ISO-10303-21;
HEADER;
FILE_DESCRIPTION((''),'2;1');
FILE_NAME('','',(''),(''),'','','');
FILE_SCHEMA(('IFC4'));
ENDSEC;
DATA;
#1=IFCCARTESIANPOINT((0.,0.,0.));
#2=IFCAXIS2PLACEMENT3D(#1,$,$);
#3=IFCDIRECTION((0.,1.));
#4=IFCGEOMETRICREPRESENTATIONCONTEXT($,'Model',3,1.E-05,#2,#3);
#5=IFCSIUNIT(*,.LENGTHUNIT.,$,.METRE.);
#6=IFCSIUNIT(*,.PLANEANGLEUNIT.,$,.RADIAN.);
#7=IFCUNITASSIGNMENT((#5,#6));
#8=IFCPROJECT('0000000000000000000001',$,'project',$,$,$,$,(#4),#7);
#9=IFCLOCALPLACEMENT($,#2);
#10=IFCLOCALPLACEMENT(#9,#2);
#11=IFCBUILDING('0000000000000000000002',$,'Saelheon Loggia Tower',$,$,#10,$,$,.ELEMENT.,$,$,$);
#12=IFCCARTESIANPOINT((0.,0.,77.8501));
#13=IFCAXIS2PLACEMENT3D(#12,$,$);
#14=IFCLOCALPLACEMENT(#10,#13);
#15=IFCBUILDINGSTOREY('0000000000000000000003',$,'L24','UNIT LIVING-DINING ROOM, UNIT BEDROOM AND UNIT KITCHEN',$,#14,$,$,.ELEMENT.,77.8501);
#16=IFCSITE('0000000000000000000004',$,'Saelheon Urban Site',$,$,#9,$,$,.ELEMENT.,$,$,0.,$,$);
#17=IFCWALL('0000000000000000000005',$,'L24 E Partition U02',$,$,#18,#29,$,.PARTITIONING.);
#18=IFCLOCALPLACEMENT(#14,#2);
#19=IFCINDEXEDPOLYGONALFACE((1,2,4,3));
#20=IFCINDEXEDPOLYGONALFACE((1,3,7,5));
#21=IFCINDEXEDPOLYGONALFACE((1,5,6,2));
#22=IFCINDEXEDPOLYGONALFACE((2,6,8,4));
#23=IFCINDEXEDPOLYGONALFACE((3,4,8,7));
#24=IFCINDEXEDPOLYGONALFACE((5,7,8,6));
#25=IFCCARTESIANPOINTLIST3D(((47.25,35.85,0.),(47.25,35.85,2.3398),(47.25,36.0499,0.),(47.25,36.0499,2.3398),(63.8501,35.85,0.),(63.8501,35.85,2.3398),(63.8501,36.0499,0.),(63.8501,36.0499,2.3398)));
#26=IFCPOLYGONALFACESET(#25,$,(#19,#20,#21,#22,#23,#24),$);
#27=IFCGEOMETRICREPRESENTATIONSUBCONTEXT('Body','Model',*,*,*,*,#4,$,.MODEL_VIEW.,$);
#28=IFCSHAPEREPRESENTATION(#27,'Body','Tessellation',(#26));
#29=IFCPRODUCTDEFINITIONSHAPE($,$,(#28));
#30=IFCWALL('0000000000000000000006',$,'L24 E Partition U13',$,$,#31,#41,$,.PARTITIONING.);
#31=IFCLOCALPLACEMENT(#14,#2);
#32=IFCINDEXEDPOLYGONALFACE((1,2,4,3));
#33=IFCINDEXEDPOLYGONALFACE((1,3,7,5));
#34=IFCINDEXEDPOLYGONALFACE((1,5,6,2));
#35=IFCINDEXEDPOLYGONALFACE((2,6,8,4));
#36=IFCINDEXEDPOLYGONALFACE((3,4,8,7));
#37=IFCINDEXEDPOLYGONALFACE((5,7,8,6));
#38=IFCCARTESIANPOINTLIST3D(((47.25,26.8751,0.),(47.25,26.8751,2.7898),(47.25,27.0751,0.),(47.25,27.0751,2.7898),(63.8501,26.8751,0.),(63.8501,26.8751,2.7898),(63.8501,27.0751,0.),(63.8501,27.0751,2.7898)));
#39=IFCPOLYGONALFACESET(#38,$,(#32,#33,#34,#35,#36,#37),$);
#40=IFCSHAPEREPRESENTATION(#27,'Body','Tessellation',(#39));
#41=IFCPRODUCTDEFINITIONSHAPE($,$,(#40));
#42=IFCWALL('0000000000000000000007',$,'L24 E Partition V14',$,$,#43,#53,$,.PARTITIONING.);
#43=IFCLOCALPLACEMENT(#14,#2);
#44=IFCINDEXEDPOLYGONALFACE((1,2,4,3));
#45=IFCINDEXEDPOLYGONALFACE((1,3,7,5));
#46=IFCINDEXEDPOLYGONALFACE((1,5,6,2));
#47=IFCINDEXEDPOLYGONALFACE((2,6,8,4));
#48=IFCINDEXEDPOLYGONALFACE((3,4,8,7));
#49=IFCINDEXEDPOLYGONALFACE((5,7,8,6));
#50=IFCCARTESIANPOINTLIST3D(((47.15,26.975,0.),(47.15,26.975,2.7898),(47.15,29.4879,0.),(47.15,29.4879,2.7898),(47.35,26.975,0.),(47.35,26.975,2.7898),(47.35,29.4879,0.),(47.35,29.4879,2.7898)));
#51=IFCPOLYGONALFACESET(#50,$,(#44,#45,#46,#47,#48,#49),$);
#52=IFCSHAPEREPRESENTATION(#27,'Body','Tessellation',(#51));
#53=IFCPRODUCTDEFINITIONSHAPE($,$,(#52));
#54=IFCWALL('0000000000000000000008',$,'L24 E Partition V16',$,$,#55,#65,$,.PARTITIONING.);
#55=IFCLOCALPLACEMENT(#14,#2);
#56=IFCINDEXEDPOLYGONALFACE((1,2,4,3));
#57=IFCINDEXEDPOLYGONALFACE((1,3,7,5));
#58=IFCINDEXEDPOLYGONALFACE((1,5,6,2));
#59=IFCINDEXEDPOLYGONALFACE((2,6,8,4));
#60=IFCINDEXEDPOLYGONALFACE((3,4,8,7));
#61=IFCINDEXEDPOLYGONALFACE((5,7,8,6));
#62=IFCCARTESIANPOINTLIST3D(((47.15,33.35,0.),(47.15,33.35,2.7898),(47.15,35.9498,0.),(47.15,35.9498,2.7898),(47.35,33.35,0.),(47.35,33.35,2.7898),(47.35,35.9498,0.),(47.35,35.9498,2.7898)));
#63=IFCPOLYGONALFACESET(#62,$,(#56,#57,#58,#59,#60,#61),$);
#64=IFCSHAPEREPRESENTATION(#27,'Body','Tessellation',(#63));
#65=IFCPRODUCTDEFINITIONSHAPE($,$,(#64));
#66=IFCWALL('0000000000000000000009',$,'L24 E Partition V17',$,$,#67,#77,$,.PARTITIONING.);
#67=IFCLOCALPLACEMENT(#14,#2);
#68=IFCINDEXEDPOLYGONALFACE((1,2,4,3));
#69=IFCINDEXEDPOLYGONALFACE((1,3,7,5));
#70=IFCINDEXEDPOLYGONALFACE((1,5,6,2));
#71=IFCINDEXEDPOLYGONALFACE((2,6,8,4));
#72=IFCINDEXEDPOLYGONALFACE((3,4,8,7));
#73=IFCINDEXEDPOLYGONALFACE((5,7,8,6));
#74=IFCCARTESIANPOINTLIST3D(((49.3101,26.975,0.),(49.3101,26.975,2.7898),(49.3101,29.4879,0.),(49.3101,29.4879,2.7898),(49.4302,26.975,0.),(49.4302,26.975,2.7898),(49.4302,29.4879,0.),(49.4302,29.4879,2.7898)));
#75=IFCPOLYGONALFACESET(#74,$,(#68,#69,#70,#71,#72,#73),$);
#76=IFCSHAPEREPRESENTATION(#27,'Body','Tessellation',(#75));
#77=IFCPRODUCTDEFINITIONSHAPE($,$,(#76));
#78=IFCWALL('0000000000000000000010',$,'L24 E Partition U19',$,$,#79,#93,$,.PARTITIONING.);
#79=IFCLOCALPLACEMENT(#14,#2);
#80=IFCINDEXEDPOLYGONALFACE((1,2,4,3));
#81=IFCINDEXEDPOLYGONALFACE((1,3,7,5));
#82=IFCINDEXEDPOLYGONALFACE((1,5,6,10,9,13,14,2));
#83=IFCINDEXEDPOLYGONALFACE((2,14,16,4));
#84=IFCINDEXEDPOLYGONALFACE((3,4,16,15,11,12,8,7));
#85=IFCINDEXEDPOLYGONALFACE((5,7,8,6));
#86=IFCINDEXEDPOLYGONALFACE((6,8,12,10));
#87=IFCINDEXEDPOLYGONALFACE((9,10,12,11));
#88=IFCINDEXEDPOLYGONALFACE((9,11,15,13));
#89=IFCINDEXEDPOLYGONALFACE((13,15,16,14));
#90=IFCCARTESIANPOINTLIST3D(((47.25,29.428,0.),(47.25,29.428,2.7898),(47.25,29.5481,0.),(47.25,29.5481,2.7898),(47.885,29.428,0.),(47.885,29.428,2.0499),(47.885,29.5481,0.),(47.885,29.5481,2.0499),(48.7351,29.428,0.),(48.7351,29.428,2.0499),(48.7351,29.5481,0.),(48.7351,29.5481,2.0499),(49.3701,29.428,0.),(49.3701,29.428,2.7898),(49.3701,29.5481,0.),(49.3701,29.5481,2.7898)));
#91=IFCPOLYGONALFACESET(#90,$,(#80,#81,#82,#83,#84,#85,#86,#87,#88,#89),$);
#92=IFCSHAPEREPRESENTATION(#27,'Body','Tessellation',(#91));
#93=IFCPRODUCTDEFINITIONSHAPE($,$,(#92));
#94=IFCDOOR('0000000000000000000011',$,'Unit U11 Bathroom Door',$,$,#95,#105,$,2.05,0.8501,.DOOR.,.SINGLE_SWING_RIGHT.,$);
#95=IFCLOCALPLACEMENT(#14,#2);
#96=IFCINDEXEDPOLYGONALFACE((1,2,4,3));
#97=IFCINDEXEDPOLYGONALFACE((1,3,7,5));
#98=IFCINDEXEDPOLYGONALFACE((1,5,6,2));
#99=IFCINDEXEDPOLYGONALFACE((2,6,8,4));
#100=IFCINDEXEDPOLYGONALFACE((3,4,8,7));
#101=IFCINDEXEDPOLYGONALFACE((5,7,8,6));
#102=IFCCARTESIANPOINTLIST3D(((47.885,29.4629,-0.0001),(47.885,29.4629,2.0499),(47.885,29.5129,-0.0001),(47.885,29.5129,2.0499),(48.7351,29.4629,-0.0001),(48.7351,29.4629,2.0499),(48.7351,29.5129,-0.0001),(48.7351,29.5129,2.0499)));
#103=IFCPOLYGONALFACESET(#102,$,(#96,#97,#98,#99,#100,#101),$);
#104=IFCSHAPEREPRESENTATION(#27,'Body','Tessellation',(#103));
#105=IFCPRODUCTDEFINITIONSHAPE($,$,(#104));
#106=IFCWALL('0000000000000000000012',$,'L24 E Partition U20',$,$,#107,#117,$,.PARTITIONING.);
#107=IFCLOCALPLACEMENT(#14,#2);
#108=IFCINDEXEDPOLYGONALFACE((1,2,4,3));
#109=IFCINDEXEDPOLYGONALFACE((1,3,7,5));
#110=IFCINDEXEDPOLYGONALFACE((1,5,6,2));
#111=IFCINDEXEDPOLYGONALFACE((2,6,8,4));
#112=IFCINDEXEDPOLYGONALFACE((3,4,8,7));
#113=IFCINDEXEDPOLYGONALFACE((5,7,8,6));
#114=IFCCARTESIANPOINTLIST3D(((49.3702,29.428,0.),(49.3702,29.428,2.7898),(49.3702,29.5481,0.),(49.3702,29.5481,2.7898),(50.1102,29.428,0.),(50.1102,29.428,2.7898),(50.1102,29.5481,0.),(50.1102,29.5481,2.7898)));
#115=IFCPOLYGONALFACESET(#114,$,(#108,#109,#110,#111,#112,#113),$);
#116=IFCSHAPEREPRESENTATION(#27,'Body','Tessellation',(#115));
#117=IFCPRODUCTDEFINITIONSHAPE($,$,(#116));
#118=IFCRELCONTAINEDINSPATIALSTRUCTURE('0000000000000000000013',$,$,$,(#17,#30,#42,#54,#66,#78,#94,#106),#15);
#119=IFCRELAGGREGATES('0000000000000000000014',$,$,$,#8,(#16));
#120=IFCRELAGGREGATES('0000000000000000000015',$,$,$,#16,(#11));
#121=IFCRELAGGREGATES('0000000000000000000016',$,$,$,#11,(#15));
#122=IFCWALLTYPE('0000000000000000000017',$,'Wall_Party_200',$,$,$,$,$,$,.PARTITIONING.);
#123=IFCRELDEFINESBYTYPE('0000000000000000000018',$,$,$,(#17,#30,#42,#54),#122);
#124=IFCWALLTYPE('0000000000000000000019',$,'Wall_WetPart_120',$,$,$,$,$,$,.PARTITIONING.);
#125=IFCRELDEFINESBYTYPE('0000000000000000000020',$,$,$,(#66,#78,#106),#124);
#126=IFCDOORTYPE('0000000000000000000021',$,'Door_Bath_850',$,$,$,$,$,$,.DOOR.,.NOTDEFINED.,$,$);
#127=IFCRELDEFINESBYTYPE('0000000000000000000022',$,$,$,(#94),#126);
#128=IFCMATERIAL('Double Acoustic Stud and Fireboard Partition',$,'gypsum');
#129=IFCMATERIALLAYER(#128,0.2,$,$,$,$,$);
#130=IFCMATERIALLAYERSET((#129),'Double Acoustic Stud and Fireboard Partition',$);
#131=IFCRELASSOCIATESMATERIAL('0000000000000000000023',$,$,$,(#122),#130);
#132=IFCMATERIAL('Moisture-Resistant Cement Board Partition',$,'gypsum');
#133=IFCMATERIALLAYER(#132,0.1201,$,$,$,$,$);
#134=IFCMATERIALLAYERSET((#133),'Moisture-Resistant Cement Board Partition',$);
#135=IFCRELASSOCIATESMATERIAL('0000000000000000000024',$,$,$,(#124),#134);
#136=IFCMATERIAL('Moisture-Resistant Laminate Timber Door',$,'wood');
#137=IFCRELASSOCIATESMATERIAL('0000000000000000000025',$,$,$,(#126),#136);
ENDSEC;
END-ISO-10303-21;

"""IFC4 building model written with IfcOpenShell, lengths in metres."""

from ifc_helpers import new_model, si_unit, direction, frame, frame_2d, origin, place, context, subcontext, project, spatial, rectangle, extrude, source, transform, mapped, material, layer, layer_set, type_object, element, fill, save


model = new_model("IFC4")

# Units and contexts
model_context = context("Model", 3, precision=1e-05, world=origin(), true_north=direction((0.0, 1.0)))
body_context = subcontext(model_context, "Body", "Model", "MODEL_VIEW")
ifc_project = project(units=[si_unit("LENGTHUNIT", "METRE"), si_unit("PLANEANGLEUNIT", "RADIAN")], contexts=[model_context])

# Site, building, storey
site_placement = place(None, origin())
site = spatial("IfcSite", under=ifc_project, at=site_placement, Name="Saelheon Urban Site", CompositionType="ELEMENT", RefElevation=0.0)
building_placement = place(site_placement, origin())
building = spatial("IfcBuilding", under=site, at=building_placement, Name="Saelheon Loggia Tower", CompositionType="ELEMENT")
storey_placement = place(building_placement, frame((0.0, 0.0, 77.8501)))
storey = spatial("IfcBuildingStorey", under=building, at=storey_placement, Name="L24", Description="UNIT LIVING-DINING ROOM, UNIT BEDROOM AND UNIT KITCHEN", CompositionType="ELEMENT", Elevation=77.8501)

# Walls
ifc_material_1 = material(Name="Double Acoustic Stud and Fireboard Partition", Category="gypsum")
ifc_layer_1 = layer(ifc_material_1, 0.2)
ifc_layer_set_1 = layer_set([ifc_layer_1], Name="Double Acoustic Stud and Fireboard Partition")
wall_type_1 = type_object("IfcWallType", Name="Wall_Party_200", PredefinedType="PARTITIONING", material=ifc_layer_set_1)
wall_1_placement = place(storey_placement, frame((47.25, 35.95, 0.0), z_axis=(0.0, 0.0, 1.0), x_axis=(1.0, 0.0, 0.0)))
element("IfcWall", 1, at=wall_1_placement, inside=storey, type_object=wall_type_1, Name="L24 E Partition U02", PredefinedType="PARTITIONING", context=body_context, shape_type="SweptSolid", body=[
    extrude(rectangle(XDim=16.6001, YDim=0.2, at=frame_2d((8.3, 0.0))), origin(), (0.0, 0.0, 1.0), 2.3398),
])
wall_2_placement = place(storey_placement, frame((47.25, 26.9751, 0.0), z_axis=(0.0, 0.0, 1.0), x_axis=(1.0, 0.0, 0.0)))
element("IfcWall", 2, at=wall_2_placement, inside=storey, type_object=wall_type_1, Name="L24 E Partition U13", PredefinedType="PARTITIONING", context=body_context, shape_type="SweptSolid", body=[
    extrude(rectangle(XDim=16.6001, YDim=0.2, at=frame_2d((8.3, 0.0))), origin(), (0.0, 0.0, 1.0), 2.7898),
])
wall_3_placement = place(storey_placement, frame((47.25, 26.9751, 0.0), z_axis=(0.0, 0.0, 1.0), x_axis=(0.0, 1.0, 0.0)))
element("IfcWall", 3, at=wall_3_placement, inside=storey, type_object=wall_type_1, Name="L24 E Partition V14", PredefinedType="PARTITIONING", context=body_context, shape_type="SweptSolid", body=[
    extrude(rectangle(XDim=2.5129, YDim=0.2, at=frame_2d((1.2563, 0.0))), origin(), (0.0, 0.0, 1.0), 2.7898),
])

# Walls
wall_4_placement = place(storey_placement, frame((47.25, 33.3501, 0.0), z_axis=(0.0, 0.0, 1.0), x_axis=(0.0, 1.0, 0.0)))
element("IfcWall", 4, at=wall_4_placement, inside=storey, type_object=wall_type_1, Name="L24 E Partition V16", PredefinedType="PARTITIONING", context=body_context, shape_type="SweptSolid", body=[
    extrude(rectangle(XDim=2.5999, YDim=0.2, at=frame_2d((1.2998, 0.0))), origin(), (0.0, 0.0, 1.0), 2.7898),
])
ifc_material_2 = material(Name="Moisture-Resistant Cement Board Partition", Category="gypsum")
ifc_layer_2 = layer(ifc_material_2, 0.1201)
ifc_layer_set_2 = layer_set([ifc_layer_2], Name="Moisture-Resistant Cement Board Partition")
wall_type_2 = type_object("IfcWallType", Name="Wall_WetPart_120", PredefinedType="PARTITIONING", material=ifc_layer_set_2)
wall_5_placement = place(storey_placement, frame((49.3701, 26.9751, 0.0), z_axis=(0.0, 0.0, 1.0), x_axis=(0.0, 1.0, 0.0)))
element("IfcWall", 5, at=wall_5_placement, inside=storey, type_object=wall_type_2, Name="L24 E Partition V17", PredefinedType="PARTITIONING", context=body_context, shape_type="SweptSolid", body=[
    extrude(rectangle(XDim=2.5129, YDim=0.1201, at=frame_2d((1.2563, 0.0))), origin(), (0.0, 0.0, 1.0), 2.7898),
])

# Wall, opening, door
wall_6_placement = place(storey_placement, frame((47.25, 29.488, 0.0), z_axis=(0.0, 0.0, 1.0), x_axis=(1.0, 0.0, 0.0)))
wall_6 = element("IfcWall", 6, at=wall_6_placement, inside=storey, type_object=wall_type_2, Name="L24 E Partition U19", PredefinedType="PARTITIONING", context=body_context, shape_type="SweptSolid", body=[
    extrude(rectangle(XDim=2.1201, YDim=0.1201, at=frame_2d((1.0601, 0.0))), origin(), (0.0, 0.0, 1.0), 2.7898),
])
opening_1_placement = place(wall_6_placement, frame((0.635, 0.0, 0.0)))
opening_1 = element("IfcOpeningElement", 7, at=opening_1_placement, cuts=wall_6, PredefinedType="OPENING", context=body_context, shape_type="SweptSolid", body=[
    extrude(rectangle(XDim=0.8501, YDim=2.05, at=frame_2d((0.425, 1.0249))), frame((0.0, 0.072, 0.0), z_axis=(0.0, -1.0, 0.0), x_axis=(1.0, 0.0, 0.0)), (0.0, 0.0, 1.0), 0.144),
])
ifc_material_3 = material(Name="Moisture-Resistant Laminate Timber Door", Category="wood")
door_type_1 = type_object("IfcDoorType", Name="Door_Bath_850", OperationType="NOTDEFINED", PredefinedType="DOOR", material=ifc_material_3)
shared_shape_1 = source(origin(), body_context, "Body", "SweptSolid", [
    extrude(rectangle(XDim=0.8501, YDim=2.05, at=frame_2d((0.425, 1.0249))), frame((0.0, 0.0249, 0.0), z_axis=(0.0, -1.0, 0.0), x_axis=(1.0, 0.0, 0.0)), (0.0, 0.0, 1.0), 0.05),
])
door_1_placement = place(opening_1_placement, origin())
door_1 = element("IfcDoor", 8, at=door_1_placement, inside=storey, type_object=door_type_1, Name="Unit U11 Bathroom Door", OperationType="SINGLE_SWING_RIGHT", OverallHeight=2.05, OverallWidth=0.8501, PredefinedType="DOOR", context=body_context, shape_type="MappedRepresentation", body=[
    mapped(shared_shape_1, transform((0.0, 0.0, 0.0), scale=1.0)),
])
fill(opening_1, door_1)

# Wall
wall_7_placement = place(storey_placement, frame((49.3701, 29.488, 0.0), z_axis=(0.0, 0.0, 1.0), x_axis=(1.0, 0.0, 0.0)))
element("IfcWall", 9, at=wall_7_placement, inside=storey, type_object=wall_type_2, Name="L24 E Partition U20", PredefinedType="PARTITIONING", context=body_context, shape_type="SweptSolid", body=[
    extrude(rectangle(XDim=0.74, YDim=0.1201, at=frame_2d((0.3701, 0.0))), origin(), (0.0, 0.0, 1.0), 2.7898),
])

save(model, "model.ifc")
